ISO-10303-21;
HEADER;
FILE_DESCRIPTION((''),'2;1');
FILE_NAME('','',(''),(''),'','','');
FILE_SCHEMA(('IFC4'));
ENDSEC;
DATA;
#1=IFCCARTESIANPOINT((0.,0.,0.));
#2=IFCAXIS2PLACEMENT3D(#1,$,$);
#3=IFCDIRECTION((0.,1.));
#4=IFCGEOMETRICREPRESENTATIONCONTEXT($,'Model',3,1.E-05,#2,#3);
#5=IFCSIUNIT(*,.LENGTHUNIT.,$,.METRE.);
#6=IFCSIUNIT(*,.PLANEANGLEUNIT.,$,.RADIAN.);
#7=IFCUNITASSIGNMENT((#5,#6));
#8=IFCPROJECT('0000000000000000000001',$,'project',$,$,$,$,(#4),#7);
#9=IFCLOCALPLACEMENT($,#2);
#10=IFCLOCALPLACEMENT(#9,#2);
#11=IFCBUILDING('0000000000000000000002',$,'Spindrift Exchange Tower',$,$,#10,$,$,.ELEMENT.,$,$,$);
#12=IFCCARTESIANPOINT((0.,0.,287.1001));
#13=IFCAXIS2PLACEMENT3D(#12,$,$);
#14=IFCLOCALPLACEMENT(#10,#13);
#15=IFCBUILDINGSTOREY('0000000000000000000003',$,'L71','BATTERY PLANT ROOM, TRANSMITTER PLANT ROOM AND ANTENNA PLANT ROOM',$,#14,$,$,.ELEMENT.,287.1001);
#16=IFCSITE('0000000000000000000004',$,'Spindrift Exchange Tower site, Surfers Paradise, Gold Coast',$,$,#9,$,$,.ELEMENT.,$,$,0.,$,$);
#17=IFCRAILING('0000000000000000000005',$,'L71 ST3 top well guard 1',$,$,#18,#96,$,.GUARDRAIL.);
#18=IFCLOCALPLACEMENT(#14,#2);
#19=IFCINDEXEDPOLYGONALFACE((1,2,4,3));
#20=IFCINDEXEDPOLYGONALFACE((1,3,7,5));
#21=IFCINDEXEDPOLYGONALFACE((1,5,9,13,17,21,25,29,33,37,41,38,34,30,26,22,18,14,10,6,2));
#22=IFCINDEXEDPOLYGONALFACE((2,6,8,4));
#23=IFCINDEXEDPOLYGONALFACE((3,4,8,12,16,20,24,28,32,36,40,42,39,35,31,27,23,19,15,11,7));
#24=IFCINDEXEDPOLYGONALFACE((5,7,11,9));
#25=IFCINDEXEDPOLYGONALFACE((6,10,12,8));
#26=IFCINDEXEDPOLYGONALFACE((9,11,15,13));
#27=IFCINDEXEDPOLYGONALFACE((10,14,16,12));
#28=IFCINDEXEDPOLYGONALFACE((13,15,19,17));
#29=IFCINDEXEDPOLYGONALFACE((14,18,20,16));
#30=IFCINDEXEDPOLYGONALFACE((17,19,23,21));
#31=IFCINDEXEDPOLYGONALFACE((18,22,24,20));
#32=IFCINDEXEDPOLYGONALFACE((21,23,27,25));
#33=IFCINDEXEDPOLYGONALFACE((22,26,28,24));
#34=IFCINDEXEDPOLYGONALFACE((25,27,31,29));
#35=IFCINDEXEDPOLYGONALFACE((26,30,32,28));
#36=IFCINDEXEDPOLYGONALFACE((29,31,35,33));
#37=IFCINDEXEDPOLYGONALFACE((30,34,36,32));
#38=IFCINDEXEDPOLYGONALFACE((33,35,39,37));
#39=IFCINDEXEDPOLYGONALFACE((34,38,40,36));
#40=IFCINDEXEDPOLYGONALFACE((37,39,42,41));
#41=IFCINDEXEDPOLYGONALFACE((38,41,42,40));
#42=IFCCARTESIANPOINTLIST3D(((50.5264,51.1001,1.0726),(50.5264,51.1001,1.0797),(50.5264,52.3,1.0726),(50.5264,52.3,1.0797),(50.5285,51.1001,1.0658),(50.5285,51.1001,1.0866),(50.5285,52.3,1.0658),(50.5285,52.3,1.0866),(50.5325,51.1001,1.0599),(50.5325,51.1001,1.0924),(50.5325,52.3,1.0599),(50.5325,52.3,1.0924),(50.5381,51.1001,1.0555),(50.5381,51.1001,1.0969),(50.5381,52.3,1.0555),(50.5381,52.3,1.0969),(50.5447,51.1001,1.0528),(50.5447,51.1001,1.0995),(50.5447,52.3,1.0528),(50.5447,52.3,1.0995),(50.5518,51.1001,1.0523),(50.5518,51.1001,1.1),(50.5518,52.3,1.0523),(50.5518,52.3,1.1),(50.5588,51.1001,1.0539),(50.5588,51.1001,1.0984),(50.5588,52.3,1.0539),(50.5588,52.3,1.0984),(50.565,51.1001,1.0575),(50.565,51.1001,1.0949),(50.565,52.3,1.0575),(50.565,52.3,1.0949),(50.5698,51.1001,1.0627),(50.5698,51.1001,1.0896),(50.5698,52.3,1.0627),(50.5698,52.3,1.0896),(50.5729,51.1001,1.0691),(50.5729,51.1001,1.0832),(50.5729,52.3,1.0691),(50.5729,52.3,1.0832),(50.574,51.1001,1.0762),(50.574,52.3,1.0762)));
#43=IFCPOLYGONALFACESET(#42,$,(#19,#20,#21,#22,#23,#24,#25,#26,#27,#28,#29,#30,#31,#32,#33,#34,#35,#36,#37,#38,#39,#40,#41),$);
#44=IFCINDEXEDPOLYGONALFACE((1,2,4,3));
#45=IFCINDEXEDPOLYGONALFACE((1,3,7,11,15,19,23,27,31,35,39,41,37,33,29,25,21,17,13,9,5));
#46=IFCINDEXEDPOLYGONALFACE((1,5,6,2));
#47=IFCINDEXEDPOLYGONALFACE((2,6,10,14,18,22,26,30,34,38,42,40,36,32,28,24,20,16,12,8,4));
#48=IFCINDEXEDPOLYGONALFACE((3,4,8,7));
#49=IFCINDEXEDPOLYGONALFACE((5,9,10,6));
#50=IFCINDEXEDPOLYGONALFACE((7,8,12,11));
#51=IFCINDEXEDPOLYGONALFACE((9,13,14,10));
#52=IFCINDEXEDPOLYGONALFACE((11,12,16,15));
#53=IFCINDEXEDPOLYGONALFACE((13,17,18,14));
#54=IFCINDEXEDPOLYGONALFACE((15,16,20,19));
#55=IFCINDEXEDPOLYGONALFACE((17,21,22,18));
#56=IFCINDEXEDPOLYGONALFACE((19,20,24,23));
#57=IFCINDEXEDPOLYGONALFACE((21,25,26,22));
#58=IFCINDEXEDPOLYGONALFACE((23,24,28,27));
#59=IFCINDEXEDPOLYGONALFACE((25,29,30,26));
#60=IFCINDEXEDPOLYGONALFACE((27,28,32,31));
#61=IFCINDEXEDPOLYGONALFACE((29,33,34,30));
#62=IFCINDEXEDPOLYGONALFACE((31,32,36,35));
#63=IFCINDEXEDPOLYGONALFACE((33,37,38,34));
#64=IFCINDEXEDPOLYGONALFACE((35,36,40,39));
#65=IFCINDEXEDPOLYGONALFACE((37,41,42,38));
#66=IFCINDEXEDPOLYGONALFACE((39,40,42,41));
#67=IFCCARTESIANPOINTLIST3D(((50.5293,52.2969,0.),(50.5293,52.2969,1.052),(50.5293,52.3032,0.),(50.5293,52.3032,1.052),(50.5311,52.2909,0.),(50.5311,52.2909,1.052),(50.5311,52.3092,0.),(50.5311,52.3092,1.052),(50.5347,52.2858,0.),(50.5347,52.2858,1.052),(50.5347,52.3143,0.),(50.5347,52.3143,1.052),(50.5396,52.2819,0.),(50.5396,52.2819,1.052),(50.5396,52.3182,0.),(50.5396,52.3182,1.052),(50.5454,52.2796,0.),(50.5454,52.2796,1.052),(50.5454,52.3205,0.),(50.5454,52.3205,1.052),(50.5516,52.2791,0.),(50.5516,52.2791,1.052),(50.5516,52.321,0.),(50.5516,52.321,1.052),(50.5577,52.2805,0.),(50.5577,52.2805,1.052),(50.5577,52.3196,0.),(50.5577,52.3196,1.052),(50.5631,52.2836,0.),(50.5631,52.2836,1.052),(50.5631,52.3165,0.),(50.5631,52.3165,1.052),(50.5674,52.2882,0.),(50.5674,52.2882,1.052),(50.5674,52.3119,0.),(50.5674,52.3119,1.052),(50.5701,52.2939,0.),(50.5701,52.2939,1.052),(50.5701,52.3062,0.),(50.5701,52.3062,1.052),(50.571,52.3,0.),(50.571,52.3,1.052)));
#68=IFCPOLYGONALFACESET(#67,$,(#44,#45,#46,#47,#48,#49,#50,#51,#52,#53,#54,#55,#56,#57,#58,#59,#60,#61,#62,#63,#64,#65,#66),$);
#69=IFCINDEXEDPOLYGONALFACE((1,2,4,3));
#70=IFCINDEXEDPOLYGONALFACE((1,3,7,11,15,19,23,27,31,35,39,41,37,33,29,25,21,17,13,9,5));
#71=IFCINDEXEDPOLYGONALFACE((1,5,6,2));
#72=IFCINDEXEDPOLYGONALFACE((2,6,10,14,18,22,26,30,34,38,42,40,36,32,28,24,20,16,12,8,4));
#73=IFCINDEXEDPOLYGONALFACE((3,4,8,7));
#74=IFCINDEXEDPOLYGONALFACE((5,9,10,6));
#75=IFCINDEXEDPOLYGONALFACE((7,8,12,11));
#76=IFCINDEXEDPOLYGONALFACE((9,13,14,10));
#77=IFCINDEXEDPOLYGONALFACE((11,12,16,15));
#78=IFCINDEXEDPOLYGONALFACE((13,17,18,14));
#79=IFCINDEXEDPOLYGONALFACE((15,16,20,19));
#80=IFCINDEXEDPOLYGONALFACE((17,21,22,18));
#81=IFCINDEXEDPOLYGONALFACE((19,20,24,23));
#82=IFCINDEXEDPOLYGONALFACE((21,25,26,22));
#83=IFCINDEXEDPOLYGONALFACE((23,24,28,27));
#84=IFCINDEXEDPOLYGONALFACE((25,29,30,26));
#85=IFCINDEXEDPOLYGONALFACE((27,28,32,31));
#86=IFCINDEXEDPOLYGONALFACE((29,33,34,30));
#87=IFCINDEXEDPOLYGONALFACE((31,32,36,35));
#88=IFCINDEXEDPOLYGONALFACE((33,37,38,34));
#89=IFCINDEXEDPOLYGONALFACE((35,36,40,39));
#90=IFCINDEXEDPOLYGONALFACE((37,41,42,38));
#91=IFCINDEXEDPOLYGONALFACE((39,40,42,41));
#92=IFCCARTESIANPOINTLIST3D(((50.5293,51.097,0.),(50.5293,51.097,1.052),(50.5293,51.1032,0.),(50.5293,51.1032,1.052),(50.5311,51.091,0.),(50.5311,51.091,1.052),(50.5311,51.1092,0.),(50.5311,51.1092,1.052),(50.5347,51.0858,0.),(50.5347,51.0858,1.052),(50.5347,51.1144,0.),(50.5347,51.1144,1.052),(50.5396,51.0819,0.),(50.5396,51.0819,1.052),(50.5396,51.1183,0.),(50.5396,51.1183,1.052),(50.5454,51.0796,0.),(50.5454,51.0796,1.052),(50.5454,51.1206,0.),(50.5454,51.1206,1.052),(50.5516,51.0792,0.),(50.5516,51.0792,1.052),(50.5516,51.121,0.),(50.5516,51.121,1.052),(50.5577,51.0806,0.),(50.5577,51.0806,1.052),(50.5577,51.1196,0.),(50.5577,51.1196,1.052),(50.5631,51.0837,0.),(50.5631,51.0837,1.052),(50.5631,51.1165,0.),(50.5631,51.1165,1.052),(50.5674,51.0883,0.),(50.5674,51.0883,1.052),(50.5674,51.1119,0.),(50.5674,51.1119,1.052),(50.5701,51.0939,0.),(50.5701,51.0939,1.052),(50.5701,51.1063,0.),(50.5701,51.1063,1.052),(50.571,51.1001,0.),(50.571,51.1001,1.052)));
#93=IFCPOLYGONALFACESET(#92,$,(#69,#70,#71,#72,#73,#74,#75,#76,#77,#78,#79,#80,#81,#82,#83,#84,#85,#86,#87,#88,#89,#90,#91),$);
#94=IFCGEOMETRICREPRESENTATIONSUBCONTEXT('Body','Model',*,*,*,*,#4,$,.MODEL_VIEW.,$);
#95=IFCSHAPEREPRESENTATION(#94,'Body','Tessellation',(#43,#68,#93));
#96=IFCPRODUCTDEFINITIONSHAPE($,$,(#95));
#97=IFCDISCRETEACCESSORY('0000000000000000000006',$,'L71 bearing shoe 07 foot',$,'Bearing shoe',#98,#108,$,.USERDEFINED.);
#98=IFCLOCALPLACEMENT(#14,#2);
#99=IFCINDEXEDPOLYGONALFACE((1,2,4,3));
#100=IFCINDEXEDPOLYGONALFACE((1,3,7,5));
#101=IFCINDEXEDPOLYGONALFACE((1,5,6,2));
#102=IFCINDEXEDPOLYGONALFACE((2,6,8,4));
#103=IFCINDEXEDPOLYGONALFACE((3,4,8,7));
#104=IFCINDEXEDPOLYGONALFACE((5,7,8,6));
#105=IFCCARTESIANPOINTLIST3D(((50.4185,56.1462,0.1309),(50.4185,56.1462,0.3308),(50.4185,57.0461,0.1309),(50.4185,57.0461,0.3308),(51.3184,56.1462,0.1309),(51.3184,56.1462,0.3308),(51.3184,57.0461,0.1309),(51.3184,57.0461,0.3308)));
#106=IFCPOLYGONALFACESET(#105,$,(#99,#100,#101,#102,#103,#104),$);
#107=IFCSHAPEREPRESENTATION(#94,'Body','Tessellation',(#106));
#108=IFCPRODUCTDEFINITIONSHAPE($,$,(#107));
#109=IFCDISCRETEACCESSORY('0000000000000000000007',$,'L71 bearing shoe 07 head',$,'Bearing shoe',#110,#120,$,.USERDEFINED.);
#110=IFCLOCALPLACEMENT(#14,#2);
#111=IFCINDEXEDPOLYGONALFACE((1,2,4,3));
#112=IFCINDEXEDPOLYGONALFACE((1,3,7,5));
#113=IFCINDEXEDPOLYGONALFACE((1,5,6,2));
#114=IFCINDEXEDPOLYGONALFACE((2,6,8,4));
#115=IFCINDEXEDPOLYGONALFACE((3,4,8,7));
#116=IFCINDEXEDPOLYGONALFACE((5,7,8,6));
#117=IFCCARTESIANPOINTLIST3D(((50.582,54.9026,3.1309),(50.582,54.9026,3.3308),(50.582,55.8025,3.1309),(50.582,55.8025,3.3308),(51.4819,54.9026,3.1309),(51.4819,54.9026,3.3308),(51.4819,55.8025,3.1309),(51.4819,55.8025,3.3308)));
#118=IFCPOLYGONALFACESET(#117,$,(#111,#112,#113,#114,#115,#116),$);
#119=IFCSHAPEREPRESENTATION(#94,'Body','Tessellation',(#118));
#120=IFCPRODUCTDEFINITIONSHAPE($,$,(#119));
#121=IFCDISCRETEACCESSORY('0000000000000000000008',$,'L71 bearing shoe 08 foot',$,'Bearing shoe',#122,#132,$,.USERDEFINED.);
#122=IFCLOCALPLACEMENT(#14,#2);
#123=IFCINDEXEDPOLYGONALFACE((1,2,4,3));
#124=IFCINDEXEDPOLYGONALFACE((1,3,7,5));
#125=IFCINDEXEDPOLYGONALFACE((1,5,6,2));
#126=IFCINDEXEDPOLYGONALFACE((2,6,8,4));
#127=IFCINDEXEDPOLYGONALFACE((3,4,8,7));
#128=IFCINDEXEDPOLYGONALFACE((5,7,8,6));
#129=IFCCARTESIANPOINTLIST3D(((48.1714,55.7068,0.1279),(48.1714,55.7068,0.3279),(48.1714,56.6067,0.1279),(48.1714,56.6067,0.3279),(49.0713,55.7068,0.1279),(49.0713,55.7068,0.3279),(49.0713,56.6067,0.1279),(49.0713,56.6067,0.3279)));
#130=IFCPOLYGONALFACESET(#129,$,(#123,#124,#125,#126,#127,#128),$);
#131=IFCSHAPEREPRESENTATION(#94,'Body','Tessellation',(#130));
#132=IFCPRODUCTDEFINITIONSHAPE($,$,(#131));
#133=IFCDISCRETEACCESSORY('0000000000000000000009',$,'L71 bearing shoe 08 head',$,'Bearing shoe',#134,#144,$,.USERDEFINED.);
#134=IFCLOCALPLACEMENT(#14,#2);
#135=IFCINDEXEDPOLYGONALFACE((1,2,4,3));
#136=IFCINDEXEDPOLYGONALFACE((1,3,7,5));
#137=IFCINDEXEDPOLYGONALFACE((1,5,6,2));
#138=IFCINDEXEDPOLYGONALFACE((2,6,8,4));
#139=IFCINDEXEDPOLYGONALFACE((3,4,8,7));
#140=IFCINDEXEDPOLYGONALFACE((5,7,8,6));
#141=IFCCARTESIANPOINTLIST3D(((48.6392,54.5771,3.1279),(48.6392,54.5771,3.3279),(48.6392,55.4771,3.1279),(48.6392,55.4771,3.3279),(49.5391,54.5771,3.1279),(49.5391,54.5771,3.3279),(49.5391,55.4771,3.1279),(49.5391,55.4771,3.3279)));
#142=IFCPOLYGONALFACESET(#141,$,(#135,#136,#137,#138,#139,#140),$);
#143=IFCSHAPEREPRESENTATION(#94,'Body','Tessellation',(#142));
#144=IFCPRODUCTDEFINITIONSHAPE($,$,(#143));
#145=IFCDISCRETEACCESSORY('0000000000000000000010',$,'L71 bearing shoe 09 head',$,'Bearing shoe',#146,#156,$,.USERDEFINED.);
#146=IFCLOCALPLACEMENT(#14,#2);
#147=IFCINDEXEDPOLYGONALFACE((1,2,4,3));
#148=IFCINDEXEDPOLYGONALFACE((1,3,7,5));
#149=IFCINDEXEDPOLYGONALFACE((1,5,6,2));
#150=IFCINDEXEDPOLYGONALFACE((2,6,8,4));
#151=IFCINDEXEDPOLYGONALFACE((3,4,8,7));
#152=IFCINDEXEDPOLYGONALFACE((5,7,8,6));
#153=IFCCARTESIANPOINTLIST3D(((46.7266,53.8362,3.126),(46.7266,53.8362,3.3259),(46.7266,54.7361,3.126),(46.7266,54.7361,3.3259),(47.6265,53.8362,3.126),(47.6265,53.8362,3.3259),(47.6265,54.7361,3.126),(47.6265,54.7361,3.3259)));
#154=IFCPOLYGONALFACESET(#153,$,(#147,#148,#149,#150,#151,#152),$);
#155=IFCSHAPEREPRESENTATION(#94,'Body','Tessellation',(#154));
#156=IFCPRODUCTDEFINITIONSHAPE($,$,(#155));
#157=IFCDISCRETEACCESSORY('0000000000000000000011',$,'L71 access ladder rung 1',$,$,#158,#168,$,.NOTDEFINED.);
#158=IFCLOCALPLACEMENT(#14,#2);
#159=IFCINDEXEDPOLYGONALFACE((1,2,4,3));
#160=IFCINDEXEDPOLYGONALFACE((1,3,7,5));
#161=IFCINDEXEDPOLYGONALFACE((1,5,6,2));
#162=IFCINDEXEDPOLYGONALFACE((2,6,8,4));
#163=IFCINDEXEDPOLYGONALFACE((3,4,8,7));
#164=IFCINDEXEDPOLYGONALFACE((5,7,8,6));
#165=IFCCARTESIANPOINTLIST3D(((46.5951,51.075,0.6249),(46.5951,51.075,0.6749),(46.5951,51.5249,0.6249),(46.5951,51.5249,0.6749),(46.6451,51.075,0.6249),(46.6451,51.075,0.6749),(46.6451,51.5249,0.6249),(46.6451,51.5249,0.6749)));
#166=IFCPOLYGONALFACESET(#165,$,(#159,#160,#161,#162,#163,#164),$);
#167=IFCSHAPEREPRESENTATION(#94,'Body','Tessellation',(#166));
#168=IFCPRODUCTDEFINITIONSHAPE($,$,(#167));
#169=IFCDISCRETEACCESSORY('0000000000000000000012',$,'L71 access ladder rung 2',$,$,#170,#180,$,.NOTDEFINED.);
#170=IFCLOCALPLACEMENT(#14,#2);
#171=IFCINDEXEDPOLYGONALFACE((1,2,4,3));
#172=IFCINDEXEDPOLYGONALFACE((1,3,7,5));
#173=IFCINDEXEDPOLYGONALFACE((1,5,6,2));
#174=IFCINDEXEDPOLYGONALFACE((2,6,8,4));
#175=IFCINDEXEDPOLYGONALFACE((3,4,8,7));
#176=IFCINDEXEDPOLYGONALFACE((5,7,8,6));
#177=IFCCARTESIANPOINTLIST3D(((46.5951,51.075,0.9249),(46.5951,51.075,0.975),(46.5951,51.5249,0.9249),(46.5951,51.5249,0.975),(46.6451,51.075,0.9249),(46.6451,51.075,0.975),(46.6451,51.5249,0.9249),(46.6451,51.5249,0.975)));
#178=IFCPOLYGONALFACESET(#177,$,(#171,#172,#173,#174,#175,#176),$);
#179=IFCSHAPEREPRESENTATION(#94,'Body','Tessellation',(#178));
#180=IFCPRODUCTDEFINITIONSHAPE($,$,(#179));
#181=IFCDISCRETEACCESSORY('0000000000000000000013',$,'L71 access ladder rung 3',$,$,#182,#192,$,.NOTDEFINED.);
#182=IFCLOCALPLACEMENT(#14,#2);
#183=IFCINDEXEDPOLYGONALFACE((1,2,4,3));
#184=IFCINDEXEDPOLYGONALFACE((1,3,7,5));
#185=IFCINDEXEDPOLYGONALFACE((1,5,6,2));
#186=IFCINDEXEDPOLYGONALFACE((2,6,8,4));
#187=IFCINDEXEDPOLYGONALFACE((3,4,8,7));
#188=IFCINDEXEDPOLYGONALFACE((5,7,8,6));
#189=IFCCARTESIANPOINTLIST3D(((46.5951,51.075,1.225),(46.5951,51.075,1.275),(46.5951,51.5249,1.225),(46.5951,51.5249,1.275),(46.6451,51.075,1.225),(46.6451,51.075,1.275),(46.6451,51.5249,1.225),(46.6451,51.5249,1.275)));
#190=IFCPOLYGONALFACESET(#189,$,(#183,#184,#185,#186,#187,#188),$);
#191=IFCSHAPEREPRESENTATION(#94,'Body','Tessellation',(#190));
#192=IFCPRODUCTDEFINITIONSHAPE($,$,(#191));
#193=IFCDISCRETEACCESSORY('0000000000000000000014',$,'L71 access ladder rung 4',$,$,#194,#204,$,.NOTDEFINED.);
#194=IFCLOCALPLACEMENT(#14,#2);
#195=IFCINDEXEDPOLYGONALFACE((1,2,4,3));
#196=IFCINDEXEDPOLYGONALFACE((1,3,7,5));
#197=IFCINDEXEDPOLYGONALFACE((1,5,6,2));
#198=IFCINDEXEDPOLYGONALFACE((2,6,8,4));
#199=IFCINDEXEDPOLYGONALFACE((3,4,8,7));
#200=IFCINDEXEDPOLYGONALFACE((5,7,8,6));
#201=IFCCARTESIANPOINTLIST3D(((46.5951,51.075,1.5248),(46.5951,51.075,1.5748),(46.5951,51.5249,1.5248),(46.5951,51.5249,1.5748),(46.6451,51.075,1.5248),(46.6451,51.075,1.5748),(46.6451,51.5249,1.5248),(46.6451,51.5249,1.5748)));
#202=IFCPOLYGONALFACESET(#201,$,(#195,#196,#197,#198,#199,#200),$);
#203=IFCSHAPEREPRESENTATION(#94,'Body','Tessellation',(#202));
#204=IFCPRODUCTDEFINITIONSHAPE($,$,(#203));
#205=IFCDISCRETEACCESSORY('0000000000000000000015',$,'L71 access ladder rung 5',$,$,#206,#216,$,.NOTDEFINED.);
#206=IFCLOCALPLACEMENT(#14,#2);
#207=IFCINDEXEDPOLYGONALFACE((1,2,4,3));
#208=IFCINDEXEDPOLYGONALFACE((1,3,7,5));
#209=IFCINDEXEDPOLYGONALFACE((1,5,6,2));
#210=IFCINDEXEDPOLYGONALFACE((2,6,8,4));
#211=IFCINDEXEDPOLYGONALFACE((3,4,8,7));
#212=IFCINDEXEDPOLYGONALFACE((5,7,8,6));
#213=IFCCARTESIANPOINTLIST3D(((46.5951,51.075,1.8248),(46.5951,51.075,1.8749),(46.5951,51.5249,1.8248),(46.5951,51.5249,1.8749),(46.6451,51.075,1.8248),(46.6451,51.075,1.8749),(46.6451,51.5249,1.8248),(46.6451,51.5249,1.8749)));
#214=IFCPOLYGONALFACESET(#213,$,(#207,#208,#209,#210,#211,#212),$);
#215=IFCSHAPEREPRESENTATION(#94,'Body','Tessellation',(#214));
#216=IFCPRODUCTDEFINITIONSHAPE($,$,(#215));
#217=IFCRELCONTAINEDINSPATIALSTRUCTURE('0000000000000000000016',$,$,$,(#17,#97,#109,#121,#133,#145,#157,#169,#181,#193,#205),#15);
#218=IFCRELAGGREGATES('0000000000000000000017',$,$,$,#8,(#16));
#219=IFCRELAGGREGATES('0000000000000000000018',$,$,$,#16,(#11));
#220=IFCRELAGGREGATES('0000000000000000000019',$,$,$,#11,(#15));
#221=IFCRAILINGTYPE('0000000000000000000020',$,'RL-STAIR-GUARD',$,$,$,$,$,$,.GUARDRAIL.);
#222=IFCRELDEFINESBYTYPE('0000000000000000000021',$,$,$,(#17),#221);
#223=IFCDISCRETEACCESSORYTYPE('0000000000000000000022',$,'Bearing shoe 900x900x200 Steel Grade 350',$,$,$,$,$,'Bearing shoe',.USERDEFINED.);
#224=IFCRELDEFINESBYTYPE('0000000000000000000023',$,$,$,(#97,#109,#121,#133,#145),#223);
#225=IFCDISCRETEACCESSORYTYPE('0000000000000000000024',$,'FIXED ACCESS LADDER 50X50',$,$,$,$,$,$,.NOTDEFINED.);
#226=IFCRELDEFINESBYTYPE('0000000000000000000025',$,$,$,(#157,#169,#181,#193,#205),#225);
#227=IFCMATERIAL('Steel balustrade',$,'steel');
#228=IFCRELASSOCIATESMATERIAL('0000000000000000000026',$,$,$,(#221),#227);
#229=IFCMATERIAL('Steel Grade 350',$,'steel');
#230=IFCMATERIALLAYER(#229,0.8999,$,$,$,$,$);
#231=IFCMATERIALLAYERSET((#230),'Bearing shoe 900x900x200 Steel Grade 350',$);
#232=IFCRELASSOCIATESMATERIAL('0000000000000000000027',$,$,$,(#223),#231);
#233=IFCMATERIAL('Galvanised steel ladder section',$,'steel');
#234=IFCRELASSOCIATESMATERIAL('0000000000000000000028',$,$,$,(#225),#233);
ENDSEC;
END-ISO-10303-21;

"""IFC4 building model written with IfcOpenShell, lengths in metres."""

from ifc_helpers import new_model, si_unit, direction, frame, origin, origin_2d, place, context, subcontext, project, spatial, rectangle, circle, extrude, source, transform, mapped, material, layer, layer_set, material_profile, profile_set, type_object, element, save


model = new_model("IFC4")

# Units and contexts
model_context = context("Model", 3, precision=1e-05, world=origin(), true_north=direction((0.0, 1.0)))
body_context = subcontext(model_context, "Body", "Model", "MODEL_VIEW")
ifc_project = project(units=[si_unit("LENGTHUNIT", "METRE"), si_unit("PLANEANGLEUNIT", "RADIAN")], contexts=[model_context])

# Site, building, storey
site_placement = place(None, origin())
site = spatial("IfcSite", under=ifc_project, at=site_placement, Name="Spindrift Exchange Tower site, Surfers Paradise, Gold Coast", CompositionType="ELEMENT", RefElevation=0.0)
building_placement = place(site_placement, origin())
building = spatial("IfcBuilding", under=site, at=building_placement, Name="Spindrift Exchange Tower", CompositionType="ELEMENT")
storey_placement = place(building_placement, frame((0.0, 0.0, 287.1001)))
storey = spatial("IfcBuildingStorey", under=building, at=storey_placement, Name="L71", Description="BATTERY PLANT ROOM, TRANSMITTER PLANT ROOM AND ANTENNA PLANT ROOM", CompositionType="ELEMENT", Elevation=287.1001)

# Railing
ifc_material_1 = material(Name="Steel balustrade", Category="steel")
railing_type = type_object("IfcRailingType", Name="RL-STAIR-GUARD", PredefinedType="GUARDRAIL", material=ifc_material_1)
railing_placement = place(storey_placement, frame((50.55, 52.3, 0.0)))
element("IfcRailing", 1, at=railing_placement, inside=storey, type_object=railing_type, Name="L71 ST3 top well guard 1", PredefinedType="GUARDRAIL", context=body_context, shape_type="SweptSolid", body=[
    extrude(circle(Radius=0.0239, at=origin_2d()), frame((0.0, 0.0, 1.0762), z_axis=(0.0, -1.0, 0.0), x_axis=(1.0, 0.0, 0.0)), (0.0, 0.0, 1.0), 1.2),
    extrude(circle(Radius=0.021, at=origin_2d()), origin(), (0.0, 0.0, 1.0), 1.052),
    extrude(circle(Radius=0.021, at=origin_2d()), frame((0.0, -1.2, 0.0)), (0.0, 0.0, 1.0), 1.052),
])

# Discrete accessories
ifc_material_2 = material(Name="Steel Grade 350", Category="steel")
ifc_layer_1 = layer(ifc_material_2, 0.8999)
ifc_layer_set_1 = layer_set([ifc_layer_1], Name="Bearing shoe 900x900x200 Steel Grade 350")
discrete_accessory_type_1 = type_object("IfcDiscreteAccessoryType", Name="Bearing shoe 900x900x200 Steel Grade 350", ElementType="Bearing shoe", PredefinedType="USERDEFINED", material=ifc_layer_set_1)
shared_shape_1 = source(origin(), body_context, "Body", "SweptSolid", [
    extrude(rectangle(XDim=0.8999, YDim=0.8999, at=origin_2d()), origin(), (0.0, 0.0, 1.0), 0.2),
])
for number, where, z_axis, x_axis, name in (
    (2, (50.8684, 56.5962, 0.1309), (0.0, 0.0, 1.0), (1.0, 0.0, 0.0), "L71 bearing shoe 07 foot"),
    (3, (51.032, 55.3525, 3.1309), (0.0, 0.0, 1.0), (1.0, 0.0, 0.0), "L71 bearing shoe 07 head"),
    (4, (48.6213, 56.1567, 0.1279), (0.0, 0.0, 1.0), (1.0, 0.0, 0.0), "L71 bearing shoe 08 foot"),
    (5, (49.0891, 55.0271, 3.1279), (0.0, 0.0, 1.0), (1.0, 0.0, 0.0), "L71 bearing shoe 08 head"),
    (6, (47.1765, 54.2861, 3.126), (0.0, 0.0, 1.0), (1.0, 0.0, 0.0), "L71 bearing shoe 09 head"),
):
    element("IfcDiscreteAccessory", number, at=place(storey_placement, frame(where, z_axis=z_axis, x_axis=x_axis)), inside=storey, type_object=discrete_accessory_type_1, Name=name, ObjectType="Bearing shoe", PredefinedType="USERDEFINED", context=body_context, shape_type="MappedRepresentation", body=[
        mapped(shared_shape_1, transform((0.0, 0.0, 0.0), scale=1.0)),
    ])
ifc_material_3 = material(Name="Galvanised steel ladder section", Category="steel")
ifc_material_profile_1 = material_profile(ifc_material_3, rectangle(XDim=0.05, YDim=0.05, at=origin_2d()), Name="FIXED ACCESS LADDER 50X50")
ifc_profile_set_1 = profile_set([ifc_material_profile_1], Name="Galvanised steel ladder section")
discrete_accessory_type_2 = type_object("IfcDiscreteAccessoryType", Name="FIXED ACCESS LADDER 50X50", PredefinedType="NOTDEFINED", material=ifc_profile_set_1)
shared_shape_2 = source(origin(), body_context, "Body", "SweptSolid", [
    extrude(rectangle(XDim=0.05, YDim=0.05, at=origin_2d()), origin(), (0.0, 0.0, 1.0), 0.45),
])
for number, where, z_axis, x_axis, name in (
    (7, (46.6201, 51.075, 0.6499), (0.0, 1.0, 0.0), (-1.0, 0.0, 0.0), "L71 access ladder rung 1"),
    (8, (46.6201, 51.075, 0.95), (0.0, 1.0, 0.0), (-1.0, 0.0, 0.0), "L71 access ladder rung 2"),
    (9, (46.6201, 51.075, 1.25), (0.0, 1.0, 0.0), (-1.0, 0.0, 0.0), "L71 access ladder rung 3"),
    (10, (46.6201, 51.075, 1.5498), (0.0, 1.0, 0.0), (-1.0, 0.0, 0.0), "L71 access ladder rung 4"),
    (11, (46.6201, 51.075, 1.8499), (0.0, 1.0, 0.0), (-1.0, 0.0, 0.0), "L71 access ladder rung 5"),
):
    element("IfcDiscreteAccessory", number, at=place(storey_placement, frame(where, z_axis=z_axis, x_axis=x_axis)), inside=storey, type_object=discrete_accessory_type_2, Name=name, PredefinedType="NOTDEFINED", context=body_context, shape_type="MappedRepresentation", body=[
        mapped(shared_shape_2, transform((0.0, 0.0, 0.0), scale=1.0)),
    ])

save(model, "model.ifc")
